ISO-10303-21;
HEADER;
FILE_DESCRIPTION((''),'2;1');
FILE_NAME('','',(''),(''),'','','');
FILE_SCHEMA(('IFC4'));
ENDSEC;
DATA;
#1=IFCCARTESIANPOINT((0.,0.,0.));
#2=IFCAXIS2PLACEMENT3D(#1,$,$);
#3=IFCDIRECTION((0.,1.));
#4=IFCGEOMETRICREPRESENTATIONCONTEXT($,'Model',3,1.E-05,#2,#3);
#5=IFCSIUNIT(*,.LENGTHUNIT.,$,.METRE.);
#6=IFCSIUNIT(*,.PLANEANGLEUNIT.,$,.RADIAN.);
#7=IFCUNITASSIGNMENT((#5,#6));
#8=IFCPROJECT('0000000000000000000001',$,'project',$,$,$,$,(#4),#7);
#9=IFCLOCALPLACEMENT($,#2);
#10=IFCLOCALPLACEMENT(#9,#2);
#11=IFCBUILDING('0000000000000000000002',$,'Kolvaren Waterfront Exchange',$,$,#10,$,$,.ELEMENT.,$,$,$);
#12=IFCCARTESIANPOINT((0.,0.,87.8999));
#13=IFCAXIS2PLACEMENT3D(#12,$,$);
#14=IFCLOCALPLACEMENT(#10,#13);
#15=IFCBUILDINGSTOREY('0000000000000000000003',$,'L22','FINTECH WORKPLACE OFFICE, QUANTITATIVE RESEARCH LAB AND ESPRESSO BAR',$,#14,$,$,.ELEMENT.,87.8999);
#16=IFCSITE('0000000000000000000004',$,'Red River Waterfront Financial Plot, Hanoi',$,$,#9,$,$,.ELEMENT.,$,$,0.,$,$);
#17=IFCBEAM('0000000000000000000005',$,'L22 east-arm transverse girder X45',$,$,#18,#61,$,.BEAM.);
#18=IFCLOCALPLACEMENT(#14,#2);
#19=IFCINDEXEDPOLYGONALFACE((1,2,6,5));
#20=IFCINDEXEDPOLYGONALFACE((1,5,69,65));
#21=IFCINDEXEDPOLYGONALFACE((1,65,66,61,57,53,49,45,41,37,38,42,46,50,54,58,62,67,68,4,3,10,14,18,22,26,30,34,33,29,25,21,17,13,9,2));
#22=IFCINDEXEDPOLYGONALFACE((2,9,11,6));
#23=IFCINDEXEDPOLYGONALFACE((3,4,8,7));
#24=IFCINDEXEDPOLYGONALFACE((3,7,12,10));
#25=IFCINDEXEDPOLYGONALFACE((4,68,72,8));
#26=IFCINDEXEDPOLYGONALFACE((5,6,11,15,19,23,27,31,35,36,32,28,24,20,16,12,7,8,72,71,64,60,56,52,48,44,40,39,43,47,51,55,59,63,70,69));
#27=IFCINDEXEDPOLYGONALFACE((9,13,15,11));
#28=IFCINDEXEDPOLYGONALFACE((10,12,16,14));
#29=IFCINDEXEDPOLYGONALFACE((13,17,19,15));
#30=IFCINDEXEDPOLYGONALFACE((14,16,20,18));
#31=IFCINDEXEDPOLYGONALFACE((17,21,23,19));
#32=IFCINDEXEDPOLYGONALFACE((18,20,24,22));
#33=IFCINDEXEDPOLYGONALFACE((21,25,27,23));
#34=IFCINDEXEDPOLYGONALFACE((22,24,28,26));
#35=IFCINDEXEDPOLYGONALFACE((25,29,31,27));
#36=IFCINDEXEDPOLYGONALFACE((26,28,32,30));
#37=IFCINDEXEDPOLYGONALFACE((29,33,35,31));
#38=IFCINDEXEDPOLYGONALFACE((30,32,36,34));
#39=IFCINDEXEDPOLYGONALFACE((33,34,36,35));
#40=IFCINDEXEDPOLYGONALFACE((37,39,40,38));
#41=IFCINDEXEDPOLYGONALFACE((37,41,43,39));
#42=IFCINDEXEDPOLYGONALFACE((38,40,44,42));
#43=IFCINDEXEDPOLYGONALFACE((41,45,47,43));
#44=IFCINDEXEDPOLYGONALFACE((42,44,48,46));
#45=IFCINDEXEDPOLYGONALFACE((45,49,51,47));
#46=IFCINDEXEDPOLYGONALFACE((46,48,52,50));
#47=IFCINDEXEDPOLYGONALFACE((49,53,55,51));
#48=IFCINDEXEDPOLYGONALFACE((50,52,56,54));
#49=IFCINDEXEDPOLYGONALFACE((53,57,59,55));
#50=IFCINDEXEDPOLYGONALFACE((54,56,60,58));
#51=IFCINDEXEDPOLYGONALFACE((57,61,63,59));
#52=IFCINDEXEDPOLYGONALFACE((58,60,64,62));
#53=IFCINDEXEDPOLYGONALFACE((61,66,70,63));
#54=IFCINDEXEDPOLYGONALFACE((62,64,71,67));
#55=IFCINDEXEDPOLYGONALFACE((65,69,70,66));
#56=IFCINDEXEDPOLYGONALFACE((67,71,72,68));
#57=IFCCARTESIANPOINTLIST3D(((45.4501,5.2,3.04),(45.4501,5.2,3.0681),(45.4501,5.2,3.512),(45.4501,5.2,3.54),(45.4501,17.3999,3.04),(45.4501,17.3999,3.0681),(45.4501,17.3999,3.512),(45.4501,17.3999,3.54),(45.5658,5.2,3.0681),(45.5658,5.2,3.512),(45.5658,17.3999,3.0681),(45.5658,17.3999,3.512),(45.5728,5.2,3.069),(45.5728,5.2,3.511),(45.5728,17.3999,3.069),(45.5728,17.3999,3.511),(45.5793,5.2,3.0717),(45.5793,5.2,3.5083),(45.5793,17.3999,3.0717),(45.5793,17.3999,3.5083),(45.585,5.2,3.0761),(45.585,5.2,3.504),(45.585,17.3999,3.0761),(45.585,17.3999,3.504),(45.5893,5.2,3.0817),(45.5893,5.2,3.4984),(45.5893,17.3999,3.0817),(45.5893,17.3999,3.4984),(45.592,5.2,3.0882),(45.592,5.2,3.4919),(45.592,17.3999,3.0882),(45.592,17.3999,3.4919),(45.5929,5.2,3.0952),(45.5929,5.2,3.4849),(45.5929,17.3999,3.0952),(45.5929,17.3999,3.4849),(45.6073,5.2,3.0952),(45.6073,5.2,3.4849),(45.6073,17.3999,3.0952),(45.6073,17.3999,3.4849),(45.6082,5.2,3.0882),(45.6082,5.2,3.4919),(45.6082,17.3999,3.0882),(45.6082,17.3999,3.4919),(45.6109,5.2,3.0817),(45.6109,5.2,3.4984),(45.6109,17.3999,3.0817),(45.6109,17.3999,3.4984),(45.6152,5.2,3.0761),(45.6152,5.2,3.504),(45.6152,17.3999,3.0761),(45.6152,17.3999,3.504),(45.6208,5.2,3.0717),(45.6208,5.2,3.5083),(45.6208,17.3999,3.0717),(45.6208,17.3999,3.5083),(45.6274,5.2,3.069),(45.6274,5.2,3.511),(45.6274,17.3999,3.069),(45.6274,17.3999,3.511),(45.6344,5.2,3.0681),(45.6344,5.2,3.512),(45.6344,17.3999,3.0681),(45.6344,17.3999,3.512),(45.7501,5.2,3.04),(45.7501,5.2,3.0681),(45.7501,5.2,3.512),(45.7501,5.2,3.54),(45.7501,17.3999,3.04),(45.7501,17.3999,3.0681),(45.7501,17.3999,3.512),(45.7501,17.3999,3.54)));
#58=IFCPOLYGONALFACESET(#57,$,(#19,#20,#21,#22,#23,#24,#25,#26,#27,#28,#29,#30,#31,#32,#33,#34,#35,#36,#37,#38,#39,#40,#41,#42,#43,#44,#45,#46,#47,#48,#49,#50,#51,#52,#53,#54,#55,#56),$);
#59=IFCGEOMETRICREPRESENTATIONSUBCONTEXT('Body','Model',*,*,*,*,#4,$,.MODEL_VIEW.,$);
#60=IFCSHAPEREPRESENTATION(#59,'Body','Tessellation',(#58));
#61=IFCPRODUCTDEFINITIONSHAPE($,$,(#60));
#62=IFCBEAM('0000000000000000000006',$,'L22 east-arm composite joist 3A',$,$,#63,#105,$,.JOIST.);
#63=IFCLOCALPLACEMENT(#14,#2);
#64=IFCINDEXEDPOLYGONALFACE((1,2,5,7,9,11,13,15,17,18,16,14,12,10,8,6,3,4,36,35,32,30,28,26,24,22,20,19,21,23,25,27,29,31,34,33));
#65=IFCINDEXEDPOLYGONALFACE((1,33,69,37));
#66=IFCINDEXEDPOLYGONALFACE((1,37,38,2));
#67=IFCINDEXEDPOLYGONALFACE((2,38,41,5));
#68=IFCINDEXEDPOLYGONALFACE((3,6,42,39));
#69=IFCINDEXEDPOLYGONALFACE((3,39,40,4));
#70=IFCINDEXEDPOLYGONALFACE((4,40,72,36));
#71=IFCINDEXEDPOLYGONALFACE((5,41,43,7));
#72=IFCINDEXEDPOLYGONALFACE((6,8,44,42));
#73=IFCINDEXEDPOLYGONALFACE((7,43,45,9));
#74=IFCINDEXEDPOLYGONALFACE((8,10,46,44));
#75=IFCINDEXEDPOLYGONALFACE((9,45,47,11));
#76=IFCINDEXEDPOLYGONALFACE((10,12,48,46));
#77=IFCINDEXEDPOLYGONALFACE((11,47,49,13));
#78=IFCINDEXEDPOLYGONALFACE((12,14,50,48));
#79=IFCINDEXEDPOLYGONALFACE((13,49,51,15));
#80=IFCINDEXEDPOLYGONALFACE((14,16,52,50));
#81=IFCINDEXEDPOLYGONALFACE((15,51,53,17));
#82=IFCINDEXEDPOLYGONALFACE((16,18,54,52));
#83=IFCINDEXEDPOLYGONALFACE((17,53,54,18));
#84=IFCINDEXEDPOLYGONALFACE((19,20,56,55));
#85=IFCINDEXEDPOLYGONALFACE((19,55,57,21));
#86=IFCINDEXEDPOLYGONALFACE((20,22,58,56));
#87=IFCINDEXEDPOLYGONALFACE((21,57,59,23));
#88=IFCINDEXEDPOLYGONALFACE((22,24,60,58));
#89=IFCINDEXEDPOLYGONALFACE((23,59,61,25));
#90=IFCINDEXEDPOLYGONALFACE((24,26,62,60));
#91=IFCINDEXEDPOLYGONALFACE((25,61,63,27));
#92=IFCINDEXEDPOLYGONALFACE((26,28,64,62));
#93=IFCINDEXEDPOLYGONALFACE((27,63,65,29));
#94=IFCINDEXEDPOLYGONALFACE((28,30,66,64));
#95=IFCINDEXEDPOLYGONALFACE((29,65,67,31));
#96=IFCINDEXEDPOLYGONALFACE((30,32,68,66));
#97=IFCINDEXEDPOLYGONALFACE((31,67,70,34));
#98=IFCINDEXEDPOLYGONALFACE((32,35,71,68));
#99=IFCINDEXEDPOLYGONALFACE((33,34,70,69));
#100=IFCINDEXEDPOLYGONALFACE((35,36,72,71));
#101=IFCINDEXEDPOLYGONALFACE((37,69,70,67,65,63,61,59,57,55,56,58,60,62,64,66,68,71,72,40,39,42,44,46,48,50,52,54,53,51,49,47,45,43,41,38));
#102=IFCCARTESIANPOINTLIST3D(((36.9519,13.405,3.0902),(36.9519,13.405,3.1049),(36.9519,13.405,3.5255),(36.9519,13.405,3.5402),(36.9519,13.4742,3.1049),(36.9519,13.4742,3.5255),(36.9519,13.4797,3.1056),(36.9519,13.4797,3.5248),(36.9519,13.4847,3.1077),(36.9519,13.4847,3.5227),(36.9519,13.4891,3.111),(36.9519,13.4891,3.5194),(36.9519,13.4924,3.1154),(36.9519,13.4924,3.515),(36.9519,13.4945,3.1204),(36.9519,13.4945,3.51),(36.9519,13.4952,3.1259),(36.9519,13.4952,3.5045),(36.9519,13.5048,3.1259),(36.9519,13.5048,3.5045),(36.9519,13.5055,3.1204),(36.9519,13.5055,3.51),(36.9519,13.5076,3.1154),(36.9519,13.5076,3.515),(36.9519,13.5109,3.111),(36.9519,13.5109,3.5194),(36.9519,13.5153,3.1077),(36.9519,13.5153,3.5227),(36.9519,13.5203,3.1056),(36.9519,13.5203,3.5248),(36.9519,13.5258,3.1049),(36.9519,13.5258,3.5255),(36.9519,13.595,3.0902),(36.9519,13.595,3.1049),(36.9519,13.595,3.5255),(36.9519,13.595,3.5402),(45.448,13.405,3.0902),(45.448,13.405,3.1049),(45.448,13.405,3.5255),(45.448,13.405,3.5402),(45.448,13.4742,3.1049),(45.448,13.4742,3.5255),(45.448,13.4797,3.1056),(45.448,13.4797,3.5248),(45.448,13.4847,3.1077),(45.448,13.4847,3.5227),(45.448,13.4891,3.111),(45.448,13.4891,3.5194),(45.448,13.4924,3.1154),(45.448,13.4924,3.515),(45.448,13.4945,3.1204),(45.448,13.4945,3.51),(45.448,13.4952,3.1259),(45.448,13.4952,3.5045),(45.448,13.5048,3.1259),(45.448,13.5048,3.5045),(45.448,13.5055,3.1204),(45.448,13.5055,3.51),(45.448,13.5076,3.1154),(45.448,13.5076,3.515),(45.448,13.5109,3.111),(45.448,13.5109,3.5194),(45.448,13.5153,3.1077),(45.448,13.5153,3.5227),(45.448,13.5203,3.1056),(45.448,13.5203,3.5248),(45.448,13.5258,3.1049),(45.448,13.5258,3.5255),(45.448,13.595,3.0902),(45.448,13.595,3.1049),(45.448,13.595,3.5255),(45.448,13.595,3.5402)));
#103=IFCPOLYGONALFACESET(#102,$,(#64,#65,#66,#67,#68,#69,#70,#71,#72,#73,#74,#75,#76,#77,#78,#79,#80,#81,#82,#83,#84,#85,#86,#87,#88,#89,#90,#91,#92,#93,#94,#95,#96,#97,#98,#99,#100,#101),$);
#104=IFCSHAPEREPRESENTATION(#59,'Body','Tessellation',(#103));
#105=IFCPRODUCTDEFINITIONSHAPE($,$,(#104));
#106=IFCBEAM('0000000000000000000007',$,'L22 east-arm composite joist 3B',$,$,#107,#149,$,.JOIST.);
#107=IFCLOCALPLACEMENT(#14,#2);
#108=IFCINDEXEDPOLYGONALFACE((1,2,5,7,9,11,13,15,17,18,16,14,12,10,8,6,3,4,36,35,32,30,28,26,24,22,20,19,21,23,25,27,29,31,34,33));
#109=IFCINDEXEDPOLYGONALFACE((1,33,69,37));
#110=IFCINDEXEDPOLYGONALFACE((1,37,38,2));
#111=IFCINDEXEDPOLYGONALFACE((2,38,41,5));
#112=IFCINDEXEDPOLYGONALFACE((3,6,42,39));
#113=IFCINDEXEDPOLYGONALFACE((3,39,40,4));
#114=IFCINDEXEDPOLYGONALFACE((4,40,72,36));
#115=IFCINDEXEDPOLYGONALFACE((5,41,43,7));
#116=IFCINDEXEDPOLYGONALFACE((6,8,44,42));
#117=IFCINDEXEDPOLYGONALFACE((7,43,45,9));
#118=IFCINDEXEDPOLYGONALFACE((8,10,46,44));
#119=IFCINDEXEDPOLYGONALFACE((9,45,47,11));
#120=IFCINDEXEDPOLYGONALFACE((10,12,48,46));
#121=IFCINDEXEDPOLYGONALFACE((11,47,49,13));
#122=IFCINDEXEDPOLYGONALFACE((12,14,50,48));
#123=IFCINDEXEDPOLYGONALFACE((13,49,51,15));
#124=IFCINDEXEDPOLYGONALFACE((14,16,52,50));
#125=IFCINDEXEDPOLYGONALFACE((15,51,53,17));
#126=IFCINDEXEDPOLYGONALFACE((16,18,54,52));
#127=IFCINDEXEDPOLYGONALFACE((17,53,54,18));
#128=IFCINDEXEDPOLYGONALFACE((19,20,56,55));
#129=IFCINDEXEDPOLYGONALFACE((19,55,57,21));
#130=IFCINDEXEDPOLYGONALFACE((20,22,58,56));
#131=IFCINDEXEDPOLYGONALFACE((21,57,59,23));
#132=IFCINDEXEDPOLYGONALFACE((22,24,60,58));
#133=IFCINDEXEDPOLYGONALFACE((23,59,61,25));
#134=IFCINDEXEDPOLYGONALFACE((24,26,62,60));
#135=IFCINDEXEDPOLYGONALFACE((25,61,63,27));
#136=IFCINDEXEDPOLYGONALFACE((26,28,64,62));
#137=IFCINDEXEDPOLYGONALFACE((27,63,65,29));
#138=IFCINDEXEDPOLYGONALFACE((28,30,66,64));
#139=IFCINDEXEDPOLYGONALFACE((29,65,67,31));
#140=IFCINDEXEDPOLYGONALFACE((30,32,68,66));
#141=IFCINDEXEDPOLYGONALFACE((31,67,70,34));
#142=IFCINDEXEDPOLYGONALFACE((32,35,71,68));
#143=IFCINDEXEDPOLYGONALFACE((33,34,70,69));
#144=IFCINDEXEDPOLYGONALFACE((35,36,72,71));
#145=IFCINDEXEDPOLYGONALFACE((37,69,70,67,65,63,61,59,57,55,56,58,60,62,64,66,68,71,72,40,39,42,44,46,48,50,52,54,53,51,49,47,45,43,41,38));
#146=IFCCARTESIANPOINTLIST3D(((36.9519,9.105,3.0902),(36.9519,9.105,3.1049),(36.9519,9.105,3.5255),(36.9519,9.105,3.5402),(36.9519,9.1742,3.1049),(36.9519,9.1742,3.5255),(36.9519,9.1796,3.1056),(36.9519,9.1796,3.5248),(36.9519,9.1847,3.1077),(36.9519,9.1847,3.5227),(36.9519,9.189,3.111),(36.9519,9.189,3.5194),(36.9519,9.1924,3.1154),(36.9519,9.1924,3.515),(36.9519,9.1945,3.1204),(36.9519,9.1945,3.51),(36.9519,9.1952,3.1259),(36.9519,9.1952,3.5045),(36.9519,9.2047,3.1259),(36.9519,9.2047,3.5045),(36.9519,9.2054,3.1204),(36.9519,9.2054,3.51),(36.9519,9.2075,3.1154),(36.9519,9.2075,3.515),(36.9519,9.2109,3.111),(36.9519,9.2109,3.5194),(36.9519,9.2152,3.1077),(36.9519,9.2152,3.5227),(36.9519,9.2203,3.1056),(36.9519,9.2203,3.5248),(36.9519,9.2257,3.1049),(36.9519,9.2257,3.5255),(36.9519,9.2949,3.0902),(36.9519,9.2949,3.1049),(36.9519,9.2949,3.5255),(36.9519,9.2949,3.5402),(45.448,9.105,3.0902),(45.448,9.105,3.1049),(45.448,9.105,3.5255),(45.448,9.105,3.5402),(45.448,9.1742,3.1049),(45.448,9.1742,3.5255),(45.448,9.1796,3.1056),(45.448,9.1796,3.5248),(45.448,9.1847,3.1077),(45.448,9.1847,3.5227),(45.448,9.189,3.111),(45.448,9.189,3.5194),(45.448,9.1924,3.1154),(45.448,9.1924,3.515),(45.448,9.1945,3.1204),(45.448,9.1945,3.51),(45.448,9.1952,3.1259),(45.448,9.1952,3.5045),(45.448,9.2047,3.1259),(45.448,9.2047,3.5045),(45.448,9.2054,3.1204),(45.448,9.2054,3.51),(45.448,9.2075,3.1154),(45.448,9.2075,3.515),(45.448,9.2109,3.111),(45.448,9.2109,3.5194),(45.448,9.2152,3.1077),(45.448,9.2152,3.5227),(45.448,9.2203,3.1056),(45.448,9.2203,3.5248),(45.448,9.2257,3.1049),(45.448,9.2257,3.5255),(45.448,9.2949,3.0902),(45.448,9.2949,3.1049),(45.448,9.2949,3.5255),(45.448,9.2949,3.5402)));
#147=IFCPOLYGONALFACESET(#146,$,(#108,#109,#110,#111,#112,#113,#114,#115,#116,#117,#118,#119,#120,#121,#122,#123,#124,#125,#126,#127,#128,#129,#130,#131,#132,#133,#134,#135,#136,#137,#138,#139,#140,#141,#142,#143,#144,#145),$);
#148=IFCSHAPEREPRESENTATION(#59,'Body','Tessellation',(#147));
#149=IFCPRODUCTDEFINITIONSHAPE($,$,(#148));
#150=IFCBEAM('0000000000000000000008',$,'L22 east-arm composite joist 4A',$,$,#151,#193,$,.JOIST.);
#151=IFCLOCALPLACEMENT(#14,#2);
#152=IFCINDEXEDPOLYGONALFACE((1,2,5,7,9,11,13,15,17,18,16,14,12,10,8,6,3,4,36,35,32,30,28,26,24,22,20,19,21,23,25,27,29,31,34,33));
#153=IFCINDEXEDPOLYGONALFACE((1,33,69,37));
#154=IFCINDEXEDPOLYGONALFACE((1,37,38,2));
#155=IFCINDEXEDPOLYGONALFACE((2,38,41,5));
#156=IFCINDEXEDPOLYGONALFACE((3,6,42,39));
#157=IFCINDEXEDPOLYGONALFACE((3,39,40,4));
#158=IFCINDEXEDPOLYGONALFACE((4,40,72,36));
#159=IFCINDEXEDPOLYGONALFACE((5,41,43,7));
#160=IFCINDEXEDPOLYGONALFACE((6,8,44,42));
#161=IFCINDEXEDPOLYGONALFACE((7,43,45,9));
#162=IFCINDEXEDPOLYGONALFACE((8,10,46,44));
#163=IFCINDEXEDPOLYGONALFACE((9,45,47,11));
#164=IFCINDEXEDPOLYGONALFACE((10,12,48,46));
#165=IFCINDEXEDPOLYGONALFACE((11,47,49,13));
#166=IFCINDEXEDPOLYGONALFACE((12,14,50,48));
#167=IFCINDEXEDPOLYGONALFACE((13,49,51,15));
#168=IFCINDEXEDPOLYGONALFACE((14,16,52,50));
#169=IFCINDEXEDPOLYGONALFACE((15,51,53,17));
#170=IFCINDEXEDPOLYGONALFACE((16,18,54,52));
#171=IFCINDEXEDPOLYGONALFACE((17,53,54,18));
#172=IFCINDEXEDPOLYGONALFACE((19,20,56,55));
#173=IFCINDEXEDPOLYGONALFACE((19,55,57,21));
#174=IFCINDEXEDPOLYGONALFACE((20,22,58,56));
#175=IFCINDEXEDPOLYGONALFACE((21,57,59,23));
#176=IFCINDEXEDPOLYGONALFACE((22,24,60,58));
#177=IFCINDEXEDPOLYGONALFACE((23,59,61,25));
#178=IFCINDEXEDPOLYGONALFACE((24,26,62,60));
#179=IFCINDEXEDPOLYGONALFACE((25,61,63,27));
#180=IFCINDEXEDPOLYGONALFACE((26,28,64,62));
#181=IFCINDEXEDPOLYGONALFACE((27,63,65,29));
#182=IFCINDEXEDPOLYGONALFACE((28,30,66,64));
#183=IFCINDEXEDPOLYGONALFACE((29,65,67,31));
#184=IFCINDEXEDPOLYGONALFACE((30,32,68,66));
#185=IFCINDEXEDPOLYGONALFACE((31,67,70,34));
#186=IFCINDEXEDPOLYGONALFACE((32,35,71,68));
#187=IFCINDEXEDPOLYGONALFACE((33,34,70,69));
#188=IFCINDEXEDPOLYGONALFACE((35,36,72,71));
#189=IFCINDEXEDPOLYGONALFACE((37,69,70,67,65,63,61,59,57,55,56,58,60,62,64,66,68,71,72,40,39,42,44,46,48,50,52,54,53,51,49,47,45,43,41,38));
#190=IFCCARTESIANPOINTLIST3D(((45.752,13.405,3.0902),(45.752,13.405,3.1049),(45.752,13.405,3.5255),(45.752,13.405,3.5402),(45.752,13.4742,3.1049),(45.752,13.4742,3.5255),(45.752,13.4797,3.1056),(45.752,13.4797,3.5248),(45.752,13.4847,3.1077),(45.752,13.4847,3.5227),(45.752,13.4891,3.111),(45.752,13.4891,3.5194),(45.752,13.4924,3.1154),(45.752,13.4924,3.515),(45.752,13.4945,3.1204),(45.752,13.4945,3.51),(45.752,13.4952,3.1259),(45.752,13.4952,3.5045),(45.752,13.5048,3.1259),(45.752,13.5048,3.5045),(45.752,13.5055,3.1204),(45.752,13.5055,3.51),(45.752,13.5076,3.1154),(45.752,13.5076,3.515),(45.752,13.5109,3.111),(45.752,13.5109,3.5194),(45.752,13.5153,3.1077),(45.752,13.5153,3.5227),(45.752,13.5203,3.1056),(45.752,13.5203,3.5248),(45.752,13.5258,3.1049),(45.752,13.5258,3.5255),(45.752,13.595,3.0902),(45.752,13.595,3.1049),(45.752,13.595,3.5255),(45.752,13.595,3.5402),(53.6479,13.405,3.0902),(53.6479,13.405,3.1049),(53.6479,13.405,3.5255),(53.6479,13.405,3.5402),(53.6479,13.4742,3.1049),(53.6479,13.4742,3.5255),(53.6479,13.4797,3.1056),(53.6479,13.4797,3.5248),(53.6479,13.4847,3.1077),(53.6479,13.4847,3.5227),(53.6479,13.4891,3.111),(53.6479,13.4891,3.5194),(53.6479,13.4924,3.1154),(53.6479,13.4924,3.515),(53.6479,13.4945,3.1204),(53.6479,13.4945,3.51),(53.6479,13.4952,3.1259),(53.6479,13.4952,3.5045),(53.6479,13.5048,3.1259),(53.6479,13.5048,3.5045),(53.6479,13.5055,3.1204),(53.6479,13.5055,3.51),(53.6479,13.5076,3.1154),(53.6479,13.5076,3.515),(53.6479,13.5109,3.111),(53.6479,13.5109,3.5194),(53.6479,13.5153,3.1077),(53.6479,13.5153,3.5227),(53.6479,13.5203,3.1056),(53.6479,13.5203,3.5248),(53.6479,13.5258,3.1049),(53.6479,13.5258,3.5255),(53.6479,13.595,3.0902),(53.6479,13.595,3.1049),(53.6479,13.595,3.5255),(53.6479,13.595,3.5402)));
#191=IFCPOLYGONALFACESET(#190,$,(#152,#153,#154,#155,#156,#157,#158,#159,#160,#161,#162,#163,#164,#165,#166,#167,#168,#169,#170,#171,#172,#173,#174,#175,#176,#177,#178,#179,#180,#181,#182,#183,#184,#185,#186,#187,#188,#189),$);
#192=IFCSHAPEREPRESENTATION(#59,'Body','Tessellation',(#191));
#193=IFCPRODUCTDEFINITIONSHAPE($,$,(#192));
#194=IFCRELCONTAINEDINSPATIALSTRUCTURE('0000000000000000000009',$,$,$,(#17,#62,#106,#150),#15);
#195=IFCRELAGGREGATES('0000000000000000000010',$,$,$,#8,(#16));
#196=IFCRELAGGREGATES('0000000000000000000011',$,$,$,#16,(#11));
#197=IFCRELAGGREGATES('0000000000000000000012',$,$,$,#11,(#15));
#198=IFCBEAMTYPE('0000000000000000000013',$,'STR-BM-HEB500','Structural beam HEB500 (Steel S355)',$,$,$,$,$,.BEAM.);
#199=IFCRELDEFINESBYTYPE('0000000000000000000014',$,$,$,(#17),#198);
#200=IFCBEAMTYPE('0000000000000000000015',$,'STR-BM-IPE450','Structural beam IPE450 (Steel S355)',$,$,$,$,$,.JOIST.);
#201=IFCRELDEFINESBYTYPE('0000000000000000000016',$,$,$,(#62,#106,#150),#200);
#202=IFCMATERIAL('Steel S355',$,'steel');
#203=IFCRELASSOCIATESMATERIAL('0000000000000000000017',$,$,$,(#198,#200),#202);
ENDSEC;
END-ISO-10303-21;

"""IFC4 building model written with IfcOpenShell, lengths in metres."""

from ifc_helpers import new_model, si_unit, direction, frame, origin, origin_2d, place, context, subcontext, project, spatial, i_section, extrude, material, material_profile, profile_set, type_object, element, save


model = new_model("IFC4")

# Units and contexts
model_context = context("Model", 3, precision=1e-05, world=origin(), true_north=direction((0.0, 1.0)))
body_context = subcontext(model_context, "Body", "Model", "MODEL_VIEW")
ifc_project = project(units=[si_unit("LENGTHUNIT", "METRE"), si_unit("PLANEANGLEUNIT", "RADIAN")], contexts=[model_context])

# Site, building, storey
site_placement = place(None, origin())
site = spatial("IfcSite", under=ifc_project, at=site_placement, Name="Red River Waterfront Financial Plot, Hanoi", CompositionType="ELEMENT", RefElevation=0.0)
building_placement = place(site_placement, origin())
building = spatial("IfcBuilding", under=site, at=building_placement, Name="Kolvaren Waterfront Exchange", CompositionType="ELEMENT")
storey_placement = place(building_placement, frame((0.0, 0.0, 87.8999)))
storey = spatial("IfcBuildingStorey", under=building, at=storey_placement, Name="L22", Description="FINTECH WORKPLACE OFFICE, QUANTITATIVE RESEARCH LAB AND ESPRESSO BAR", CompositionType="ELEMENT", Elevation=87.8999)

# Beams
ifc_material_1 = material(Name="Steel S355", Category="steel")
ifc_material_profile_1 = material_profile(ifc_material_1, i_section(OverallWidth=0.3, OverallDepth=0.5, WebThickness=0.0144, FlangeThickness=0.0281, FilletRadius=0.0271, at=origin_2d()), Name="HEB500")
ifc_profile_set_1 = profile_set([ifc_material_profile_1], Name="Steel S355")
beam_type_1 = type_object("IfcBeamType", Name="STR-BM-HEB500", Description="Structural beam HEB500 (Steel S355)", PredefinedType="BEAM", material=ifc_profile_set_1)
for number, where, z_axis, x_axis, name in (
    (1, (45.6001, 5.2, 3.29), (0.0, 1.0, 0.0), (-1.0, 0.0, 0.0), "L22 east-arm transverse girder X45"),
):
    element("IfcBeam", number, at=place(storey_placement, frame(where, z_axis=z_axis, x_axis=x_axis)), inside=storey, type_object=beam_type_1, Name=name, PredefinedType="BEAM", context=body_context, shape_type="SweptSolid", body=[
        extrude(i_section(OverallWidth=0.3, OverallDepth=0.5, WebThickness=0.0144, FlangeThickness=0.0281, FilletRadius=0.0271, at=origin_2d()), origin(), (0.0, 0.0, 1.0), 12.2),
    ])
ifc_material_profile_2 = material_profile(ifc_material_1, i_section(OverallWidth=0.1899, OverallDepth=0.45, WebThickness=0.0095, FlangeThickness=0.0146, FilletRadius=0.021, at=origin_2d()), Name="IPE450")
ifc_profile_set_2 = profile_set([ifc_material_profile_2], Name="Steel S355")
beam_type_2 = type_object("IfcBeamType", Name="STR-BM-IPE450", Description="Structural beam IPE450 (Steel S355)", PredefinedType="JOIST", material=ifc_profile_set_2)
for number, where, z_axis, x_axis, name in (
    (2, (36.9519, 13.5, 3.3152), (1.0, 0.0, 0.0), (0.0, 1.0, 0.0), "L22 east-arm composite joist 3A"),
    (3, (36.9519, 9.2, 3.3152), (1.0, 0.0, 0.0), (0.0, 1.0, 0.0), "L22 east-arm composite joist 3B"),
):
    element("IfcBeam", number, at=place(storey_placement, frame(where, z_axis=z_axis, x_axis=x_axis)), inside=storey, type_object=beam_type_2, Name=name, PredefinedType="JOIST", context=body_context, shape_type="SweptSolid", body=[
        extrude(i_section(OverallWidth=0.1899, OverallDepth=0.45, WebThickness=0.0095, FlangeThickness=0.0146, FilletRadius=0.021, at=origin_2d()), origin(), (0.0, 0.0, 1.0), 8.4961),
    ])
for number, where, z_axis, x_axis, name in (
    (4, (45.752, 13.5, 3.3152), (1.0, 0.0, 0.0), (0.0, 1.0, 0.0), "L22 east-arm composite joist 4A"),
):
    element("IfcBeam", number, at=place(storey_placement, frame(where, z_axis=z_axis, x_axis=x_axis)), inside=storey, type_object=beam_type_2, Name=name, PredefinedType="JOIST", context=body_context, shape_type="SweptSolid", body=[
        extrude(i_section(OverallWidth=0.1899, OverallDepth=0.45, WebThickness=0.0095, FlangeThickness=0.0146, FilletRadius=0.021, at=origin_2d()), origin(), (0.0, 0.0, 1.0), 7.896),
    ])

save(model, "model.ifc")
